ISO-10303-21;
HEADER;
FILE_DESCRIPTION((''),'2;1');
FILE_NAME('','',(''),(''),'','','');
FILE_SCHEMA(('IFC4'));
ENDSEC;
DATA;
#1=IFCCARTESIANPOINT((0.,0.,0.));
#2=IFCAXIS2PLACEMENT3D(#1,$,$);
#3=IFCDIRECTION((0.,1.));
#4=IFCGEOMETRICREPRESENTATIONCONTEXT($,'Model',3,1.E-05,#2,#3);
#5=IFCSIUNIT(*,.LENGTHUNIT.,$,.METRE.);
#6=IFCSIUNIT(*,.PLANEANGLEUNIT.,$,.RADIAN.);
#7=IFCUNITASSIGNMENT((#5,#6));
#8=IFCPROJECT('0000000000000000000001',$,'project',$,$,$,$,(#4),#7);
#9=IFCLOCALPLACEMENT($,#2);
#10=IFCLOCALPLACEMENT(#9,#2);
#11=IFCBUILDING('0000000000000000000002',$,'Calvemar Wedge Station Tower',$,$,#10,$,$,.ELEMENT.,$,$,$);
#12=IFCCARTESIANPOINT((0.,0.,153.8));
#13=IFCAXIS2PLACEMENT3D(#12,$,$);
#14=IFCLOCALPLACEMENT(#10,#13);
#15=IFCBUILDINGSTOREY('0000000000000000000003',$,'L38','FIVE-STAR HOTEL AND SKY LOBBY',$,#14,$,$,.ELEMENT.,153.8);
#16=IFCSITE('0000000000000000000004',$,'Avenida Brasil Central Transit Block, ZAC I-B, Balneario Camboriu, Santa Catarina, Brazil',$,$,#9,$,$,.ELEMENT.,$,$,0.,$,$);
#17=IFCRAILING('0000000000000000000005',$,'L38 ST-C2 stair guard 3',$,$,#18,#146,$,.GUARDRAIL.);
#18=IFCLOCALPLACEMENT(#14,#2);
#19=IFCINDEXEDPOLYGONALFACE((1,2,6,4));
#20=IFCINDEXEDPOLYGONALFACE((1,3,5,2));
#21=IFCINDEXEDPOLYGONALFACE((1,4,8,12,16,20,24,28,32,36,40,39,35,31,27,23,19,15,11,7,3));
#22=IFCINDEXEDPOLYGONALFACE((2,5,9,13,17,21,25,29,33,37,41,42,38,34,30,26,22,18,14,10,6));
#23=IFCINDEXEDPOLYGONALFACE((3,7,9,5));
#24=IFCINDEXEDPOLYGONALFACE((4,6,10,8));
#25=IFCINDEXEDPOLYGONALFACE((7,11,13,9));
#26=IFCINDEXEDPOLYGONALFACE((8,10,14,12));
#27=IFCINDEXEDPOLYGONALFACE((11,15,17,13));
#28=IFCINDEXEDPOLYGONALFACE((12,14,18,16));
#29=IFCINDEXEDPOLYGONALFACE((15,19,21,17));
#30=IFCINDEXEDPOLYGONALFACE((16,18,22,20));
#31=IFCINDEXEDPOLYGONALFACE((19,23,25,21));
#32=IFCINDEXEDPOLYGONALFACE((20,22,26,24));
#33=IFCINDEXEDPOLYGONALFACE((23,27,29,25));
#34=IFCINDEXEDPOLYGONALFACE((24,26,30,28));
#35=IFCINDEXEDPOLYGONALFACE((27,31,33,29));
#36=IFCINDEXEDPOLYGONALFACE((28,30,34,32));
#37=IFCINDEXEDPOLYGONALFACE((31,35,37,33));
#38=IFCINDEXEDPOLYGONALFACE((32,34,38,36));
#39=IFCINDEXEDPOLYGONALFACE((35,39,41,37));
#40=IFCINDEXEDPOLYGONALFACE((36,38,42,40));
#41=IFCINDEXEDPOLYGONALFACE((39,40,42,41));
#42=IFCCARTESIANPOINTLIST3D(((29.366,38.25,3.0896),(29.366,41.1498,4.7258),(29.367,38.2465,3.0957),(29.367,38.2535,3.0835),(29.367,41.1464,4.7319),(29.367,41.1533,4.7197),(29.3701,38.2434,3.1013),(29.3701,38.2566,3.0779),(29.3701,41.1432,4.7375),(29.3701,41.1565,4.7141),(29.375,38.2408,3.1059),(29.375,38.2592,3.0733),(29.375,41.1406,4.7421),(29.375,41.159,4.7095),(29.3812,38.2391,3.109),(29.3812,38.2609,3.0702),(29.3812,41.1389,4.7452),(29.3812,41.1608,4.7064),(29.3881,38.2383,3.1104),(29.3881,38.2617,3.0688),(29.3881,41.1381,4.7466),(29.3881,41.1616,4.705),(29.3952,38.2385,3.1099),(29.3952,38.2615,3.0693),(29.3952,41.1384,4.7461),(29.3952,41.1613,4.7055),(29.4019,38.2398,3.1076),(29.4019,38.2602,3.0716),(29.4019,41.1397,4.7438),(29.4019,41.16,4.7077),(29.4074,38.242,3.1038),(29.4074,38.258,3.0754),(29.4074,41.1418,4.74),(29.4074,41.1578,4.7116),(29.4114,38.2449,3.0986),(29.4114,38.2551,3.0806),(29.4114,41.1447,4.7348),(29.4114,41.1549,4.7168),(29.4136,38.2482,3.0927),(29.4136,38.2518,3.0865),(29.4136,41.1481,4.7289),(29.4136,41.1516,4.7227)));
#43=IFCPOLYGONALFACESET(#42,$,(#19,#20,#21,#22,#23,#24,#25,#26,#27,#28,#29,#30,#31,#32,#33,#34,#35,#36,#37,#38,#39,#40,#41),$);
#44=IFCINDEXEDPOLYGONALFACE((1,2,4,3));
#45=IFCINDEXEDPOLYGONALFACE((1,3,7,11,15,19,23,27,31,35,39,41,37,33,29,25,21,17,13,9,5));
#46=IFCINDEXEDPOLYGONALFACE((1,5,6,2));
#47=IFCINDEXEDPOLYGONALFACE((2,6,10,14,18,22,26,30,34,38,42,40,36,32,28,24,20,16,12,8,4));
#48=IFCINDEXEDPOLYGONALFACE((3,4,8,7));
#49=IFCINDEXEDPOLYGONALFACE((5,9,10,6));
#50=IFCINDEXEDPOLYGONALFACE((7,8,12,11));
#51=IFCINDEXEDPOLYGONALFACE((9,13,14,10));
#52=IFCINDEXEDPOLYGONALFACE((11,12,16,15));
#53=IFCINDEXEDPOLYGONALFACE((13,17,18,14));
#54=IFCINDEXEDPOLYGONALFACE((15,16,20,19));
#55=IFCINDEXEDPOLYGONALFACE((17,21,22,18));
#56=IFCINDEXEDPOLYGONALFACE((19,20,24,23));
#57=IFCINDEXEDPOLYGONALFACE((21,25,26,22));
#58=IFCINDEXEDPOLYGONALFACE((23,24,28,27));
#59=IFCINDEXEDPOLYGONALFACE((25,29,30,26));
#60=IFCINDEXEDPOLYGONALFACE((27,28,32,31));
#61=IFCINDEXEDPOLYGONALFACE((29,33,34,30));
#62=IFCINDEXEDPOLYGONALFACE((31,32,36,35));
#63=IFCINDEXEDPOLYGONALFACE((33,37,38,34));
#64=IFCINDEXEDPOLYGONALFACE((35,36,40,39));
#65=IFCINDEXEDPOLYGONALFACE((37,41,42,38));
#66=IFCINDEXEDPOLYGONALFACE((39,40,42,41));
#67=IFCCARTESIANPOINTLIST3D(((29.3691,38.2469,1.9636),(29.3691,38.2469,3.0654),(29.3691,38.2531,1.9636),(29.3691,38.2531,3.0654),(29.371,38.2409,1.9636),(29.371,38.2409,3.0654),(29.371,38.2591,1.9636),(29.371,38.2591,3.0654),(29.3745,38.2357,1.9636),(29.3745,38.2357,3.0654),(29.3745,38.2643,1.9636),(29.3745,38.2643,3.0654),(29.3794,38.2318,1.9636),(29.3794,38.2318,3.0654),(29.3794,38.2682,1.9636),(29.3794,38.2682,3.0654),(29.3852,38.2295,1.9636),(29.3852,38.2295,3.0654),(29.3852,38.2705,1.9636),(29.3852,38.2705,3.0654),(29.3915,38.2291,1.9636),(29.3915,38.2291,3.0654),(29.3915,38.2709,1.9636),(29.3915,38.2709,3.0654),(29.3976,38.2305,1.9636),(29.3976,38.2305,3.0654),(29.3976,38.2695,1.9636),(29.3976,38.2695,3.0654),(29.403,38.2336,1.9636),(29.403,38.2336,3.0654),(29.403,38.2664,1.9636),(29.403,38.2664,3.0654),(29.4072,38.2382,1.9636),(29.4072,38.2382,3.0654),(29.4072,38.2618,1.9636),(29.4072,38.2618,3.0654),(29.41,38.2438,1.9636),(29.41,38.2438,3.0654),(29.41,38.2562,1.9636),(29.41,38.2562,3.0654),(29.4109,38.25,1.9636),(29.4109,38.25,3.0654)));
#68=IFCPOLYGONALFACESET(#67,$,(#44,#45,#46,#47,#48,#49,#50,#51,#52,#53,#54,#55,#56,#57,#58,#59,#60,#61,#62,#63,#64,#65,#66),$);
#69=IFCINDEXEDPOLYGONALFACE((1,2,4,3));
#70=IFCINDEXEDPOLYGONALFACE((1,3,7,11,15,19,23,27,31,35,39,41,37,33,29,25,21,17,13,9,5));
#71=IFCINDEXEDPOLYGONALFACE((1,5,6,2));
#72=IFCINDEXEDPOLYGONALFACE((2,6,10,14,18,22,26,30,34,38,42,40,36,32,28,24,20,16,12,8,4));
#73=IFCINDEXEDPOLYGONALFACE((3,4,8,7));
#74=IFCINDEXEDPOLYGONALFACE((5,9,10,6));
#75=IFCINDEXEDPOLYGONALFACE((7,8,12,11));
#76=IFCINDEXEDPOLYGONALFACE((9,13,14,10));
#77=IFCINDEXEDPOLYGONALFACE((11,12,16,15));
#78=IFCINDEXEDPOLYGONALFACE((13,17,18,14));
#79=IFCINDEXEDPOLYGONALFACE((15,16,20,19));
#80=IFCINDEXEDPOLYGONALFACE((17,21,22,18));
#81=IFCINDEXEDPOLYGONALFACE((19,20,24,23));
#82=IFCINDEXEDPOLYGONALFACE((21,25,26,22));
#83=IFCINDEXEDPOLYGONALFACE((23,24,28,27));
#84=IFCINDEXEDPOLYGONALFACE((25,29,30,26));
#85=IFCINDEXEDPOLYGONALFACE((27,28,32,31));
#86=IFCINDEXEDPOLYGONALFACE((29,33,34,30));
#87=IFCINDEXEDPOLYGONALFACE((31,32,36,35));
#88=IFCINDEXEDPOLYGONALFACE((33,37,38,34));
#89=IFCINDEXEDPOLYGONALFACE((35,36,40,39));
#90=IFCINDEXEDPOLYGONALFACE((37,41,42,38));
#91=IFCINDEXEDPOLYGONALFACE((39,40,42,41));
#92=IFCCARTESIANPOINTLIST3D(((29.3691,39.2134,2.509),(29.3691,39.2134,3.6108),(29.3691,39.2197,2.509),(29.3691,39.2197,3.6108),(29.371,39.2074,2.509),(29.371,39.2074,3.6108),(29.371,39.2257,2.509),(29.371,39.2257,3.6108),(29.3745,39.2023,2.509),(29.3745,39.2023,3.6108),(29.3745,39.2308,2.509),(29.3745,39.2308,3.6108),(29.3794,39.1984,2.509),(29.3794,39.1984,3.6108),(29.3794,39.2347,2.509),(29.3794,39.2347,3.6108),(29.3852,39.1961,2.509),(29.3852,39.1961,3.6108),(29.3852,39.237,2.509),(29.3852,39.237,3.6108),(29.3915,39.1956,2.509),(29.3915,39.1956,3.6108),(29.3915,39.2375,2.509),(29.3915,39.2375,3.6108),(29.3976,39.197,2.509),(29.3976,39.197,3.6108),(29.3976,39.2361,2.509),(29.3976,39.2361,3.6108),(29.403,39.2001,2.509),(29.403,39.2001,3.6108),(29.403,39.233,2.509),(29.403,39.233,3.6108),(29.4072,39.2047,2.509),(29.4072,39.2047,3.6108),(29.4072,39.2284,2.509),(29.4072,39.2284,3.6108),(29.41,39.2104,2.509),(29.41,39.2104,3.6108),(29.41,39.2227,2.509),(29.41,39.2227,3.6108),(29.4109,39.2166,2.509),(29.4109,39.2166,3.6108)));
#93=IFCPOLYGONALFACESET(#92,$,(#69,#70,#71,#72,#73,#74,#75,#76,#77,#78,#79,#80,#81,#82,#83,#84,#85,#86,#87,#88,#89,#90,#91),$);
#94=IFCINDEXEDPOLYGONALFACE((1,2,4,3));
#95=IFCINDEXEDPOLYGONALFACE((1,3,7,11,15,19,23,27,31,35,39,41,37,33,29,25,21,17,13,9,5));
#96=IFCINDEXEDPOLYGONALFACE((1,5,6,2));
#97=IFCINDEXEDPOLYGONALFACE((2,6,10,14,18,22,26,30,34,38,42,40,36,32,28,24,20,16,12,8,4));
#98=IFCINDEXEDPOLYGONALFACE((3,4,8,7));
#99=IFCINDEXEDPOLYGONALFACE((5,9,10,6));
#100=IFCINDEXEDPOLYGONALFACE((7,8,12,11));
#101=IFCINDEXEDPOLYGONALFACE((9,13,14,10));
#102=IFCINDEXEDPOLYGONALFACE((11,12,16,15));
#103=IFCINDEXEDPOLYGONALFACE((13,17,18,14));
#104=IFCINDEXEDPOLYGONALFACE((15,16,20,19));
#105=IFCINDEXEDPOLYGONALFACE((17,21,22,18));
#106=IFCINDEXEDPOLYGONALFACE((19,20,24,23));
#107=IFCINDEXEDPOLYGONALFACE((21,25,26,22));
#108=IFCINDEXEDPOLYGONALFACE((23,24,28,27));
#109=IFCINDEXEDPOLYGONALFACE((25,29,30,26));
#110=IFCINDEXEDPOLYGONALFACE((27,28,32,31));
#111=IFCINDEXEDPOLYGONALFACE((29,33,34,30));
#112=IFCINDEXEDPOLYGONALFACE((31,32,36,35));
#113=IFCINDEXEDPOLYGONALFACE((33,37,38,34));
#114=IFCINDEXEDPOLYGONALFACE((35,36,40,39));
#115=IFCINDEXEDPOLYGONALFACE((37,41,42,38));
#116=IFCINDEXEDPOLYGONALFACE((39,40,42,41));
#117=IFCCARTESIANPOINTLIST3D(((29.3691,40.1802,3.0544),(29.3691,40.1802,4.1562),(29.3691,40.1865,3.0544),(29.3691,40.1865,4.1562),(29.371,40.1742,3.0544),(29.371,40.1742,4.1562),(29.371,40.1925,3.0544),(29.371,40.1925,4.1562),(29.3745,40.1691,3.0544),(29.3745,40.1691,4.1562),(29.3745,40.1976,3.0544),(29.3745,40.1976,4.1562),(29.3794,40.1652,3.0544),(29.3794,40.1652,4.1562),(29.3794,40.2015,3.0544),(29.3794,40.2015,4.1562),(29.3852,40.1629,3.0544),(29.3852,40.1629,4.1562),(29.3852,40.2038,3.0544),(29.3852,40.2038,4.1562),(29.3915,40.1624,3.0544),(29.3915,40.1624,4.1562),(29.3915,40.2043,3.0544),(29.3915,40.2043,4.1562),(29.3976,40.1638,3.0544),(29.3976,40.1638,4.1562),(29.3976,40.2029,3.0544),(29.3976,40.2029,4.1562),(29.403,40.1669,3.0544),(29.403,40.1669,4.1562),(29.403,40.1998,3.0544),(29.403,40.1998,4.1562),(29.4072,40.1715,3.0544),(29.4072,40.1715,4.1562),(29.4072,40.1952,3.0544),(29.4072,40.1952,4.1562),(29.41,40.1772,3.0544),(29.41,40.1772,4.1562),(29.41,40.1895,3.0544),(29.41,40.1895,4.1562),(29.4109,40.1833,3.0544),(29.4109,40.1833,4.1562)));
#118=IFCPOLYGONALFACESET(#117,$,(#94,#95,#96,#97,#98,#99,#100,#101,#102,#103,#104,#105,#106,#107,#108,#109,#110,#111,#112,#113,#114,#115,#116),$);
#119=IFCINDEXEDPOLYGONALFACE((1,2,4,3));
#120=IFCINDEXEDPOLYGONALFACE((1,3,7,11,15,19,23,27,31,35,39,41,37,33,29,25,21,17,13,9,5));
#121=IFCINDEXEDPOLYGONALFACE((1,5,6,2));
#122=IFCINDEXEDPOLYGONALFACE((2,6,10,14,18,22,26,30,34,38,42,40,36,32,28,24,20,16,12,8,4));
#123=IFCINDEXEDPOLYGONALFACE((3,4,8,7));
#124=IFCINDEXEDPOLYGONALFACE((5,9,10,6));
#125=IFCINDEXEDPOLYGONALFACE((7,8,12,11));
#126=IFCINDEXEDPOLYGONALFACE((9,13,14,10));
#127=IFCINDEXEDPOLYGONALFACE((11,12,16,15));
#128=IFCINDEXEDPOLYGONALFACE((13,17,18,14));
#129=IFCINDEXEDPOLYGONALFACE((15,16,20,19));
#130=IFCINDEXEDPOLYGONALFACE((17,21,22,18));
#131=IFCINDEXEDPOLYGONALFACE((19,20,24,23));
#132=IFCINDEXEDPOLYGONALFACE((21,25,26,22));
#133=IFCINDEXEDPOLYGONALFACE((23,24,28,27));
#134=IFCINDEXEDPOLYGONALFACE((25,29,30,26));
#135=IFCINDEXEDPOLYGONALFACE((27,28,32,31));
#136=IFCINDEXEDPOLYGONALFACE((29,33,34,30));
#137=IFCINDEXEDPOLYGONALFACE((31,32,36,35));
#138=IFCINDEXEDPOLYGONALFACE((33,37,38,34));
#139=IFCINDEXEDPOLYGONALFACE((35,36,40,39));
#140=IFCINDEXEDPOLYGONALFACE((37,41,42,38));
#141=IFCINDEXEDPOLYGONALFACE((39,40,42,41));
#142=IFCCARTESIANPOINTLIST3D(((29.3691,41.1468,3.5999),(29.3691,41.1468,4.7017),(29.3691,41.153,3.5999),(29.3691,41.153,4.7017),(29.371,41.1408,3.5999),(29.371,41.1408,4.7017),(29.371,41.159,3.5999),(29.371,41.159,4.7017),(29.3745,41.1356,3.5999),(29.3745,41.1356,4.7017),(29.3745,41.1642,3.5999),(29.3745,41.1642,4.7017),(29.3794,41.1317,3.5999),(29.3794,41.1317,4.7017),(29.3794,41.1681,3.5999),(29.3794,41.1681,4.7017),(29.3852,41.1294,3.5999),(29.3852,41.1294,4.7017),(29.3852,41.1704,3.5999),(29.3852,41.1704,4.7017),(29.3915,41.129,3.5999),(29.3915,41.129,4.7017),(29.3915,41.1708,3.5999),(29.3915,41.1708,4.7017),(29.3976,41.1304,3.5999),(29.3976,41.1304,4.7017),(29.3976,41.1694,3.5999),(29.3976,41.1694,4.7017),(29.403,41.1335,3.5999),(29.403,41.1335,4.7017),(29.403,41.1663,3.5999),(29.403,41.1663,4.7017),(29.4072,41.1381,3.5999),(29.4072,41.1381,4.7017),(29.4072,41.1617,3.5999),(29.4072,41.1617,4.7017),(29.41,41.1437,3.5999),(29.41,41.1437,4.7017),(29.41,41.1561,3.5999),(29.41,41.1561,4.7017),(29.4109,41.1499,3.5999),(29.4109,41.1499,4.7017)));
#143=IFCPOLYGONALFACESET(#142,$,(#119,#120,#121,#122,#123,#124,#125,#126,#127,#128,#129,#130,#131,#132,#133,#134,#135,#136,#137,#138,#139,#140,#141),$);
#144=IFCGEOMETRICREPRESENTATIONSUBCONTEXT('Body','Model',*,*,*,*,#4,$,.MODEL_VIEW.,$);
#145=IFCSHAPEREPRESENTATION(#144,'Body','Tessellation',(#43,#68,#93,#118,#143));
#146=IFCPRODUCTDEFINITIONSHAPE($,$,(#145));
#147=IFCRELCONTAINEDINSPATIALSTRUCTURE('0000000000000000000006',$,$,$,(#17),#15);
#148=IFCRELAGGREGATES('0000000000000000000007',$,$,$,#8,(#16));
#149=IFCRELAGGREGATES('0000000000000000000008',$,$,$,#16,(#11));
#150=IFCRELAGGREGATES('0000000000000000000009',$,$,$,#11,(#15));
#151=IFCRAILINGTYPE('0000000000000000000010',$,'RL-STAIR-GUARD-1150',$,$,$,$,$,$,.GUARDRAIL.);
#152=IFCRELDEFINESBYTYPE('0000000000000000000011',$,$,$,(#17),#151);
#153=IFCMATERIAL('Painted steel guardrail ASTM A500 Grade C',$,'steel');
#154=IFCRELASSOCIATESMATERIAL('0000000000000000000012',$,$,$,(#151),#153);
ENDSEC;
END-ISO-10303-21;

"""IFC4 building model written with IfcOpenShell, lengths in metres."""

from ifc_helpers import new_model, si_unit, direction, frame, origin, origin_2d, place, context, subcontext, project, spatial, circle, extrude, material, type_object, element, save


model = new_model("IFC4")

# Units and contexts
model_context = context("Model", 3, precision=1e-05, world=origin(), true_north=direction((0.0, 1.0)))
body_context = subcontext(model_context, "Body", "Model", "MODEL_VIEW")
ifc_project = project(units=[si_unit("LENGTHUNIT", "METRE"), si_unit("PLANEANGLEUNIT", "RADIAN")], contexts=[model_context])

# Site, building, storey
site_placement = place(None, origin())
site = spatial("IfcSite", under=ifc_project, at=site_placement, Name="Avenida Brasil Central Transit Block, ZAC I-B, Balneario Camboriu, Santa Catarina, Brazil", CompositionType="ELEMENT", RefElevation=0.0)
building_placement = place(site_placement, origin())
building = spatial("IfcBuilding", under=site, at=building_placement, Name="Calvemar Wedge Station Tower", CompositionType="ELEMENT")
storey_placement = place(building_placement, frame((0.0, 0.0, 153.8)))
storey = spatial("IfcBuildingStorey", under=building, at=storey_placement, Name="L38", Description="FIVE-STAR HOTEL AND SKY LOBBY", CompositionType="ELEMENT", Elevation=153.8)

# Railing
ifc_material_1 = material(Name="Painted steel guardrail ASTM A500 Grade C", Category="steel")
railing_type_1 = type_object("IfcRailingType", Name="RL-STAIR-GUARD-1150", PredefinedType="GUARDRAIL", material=ifc_material_1)
railing_1_placement = place(storey_placement, frame((29.3899, 38.25, 1.9636)))
element("IfcRailing", 1, at=railing_1_placement, inside=storey, type_object=railing_type_1, Name="L38 ST-C2 stair guard 3", PredefinedType="GUARDRAIL", context=body_context, shape_type="SweptSolid", body=[
    extrude(circle(Radius=0.0239, at=origin_2d()), frame((0.0, 0.0, 1.126), z_axis=(0.0, 0.870929, 0.49141), x_axis=(-1.0, 0.0, 0.0)), (0.0, 0.0, 1.0), 3.3296),
    extrude(circle(Radius=0.021, at=origin_2d()), origin(), (0.0, 0.0, 1.0), 1.1018),
    extrude(circle(Radius=0.021, at=origin_2d()), frame((0.0, 0.9666, 0.5454)), (0.0, 0.0, 1.0), 1.1018),
    extrude(circle(Radius=0.021, at=origin_2d()), frame((0.0, 1.9333, 1.0908)), (0.0, 0.0, 1.0), 1.1018),
    extrude(circle(Radius=0.021, at=origin_2d()), frame((0.0, 2.8999, 1.6362)), (0.0, 0.0, 1.0), 1.1018),
])

save(model, "model.ifc")
